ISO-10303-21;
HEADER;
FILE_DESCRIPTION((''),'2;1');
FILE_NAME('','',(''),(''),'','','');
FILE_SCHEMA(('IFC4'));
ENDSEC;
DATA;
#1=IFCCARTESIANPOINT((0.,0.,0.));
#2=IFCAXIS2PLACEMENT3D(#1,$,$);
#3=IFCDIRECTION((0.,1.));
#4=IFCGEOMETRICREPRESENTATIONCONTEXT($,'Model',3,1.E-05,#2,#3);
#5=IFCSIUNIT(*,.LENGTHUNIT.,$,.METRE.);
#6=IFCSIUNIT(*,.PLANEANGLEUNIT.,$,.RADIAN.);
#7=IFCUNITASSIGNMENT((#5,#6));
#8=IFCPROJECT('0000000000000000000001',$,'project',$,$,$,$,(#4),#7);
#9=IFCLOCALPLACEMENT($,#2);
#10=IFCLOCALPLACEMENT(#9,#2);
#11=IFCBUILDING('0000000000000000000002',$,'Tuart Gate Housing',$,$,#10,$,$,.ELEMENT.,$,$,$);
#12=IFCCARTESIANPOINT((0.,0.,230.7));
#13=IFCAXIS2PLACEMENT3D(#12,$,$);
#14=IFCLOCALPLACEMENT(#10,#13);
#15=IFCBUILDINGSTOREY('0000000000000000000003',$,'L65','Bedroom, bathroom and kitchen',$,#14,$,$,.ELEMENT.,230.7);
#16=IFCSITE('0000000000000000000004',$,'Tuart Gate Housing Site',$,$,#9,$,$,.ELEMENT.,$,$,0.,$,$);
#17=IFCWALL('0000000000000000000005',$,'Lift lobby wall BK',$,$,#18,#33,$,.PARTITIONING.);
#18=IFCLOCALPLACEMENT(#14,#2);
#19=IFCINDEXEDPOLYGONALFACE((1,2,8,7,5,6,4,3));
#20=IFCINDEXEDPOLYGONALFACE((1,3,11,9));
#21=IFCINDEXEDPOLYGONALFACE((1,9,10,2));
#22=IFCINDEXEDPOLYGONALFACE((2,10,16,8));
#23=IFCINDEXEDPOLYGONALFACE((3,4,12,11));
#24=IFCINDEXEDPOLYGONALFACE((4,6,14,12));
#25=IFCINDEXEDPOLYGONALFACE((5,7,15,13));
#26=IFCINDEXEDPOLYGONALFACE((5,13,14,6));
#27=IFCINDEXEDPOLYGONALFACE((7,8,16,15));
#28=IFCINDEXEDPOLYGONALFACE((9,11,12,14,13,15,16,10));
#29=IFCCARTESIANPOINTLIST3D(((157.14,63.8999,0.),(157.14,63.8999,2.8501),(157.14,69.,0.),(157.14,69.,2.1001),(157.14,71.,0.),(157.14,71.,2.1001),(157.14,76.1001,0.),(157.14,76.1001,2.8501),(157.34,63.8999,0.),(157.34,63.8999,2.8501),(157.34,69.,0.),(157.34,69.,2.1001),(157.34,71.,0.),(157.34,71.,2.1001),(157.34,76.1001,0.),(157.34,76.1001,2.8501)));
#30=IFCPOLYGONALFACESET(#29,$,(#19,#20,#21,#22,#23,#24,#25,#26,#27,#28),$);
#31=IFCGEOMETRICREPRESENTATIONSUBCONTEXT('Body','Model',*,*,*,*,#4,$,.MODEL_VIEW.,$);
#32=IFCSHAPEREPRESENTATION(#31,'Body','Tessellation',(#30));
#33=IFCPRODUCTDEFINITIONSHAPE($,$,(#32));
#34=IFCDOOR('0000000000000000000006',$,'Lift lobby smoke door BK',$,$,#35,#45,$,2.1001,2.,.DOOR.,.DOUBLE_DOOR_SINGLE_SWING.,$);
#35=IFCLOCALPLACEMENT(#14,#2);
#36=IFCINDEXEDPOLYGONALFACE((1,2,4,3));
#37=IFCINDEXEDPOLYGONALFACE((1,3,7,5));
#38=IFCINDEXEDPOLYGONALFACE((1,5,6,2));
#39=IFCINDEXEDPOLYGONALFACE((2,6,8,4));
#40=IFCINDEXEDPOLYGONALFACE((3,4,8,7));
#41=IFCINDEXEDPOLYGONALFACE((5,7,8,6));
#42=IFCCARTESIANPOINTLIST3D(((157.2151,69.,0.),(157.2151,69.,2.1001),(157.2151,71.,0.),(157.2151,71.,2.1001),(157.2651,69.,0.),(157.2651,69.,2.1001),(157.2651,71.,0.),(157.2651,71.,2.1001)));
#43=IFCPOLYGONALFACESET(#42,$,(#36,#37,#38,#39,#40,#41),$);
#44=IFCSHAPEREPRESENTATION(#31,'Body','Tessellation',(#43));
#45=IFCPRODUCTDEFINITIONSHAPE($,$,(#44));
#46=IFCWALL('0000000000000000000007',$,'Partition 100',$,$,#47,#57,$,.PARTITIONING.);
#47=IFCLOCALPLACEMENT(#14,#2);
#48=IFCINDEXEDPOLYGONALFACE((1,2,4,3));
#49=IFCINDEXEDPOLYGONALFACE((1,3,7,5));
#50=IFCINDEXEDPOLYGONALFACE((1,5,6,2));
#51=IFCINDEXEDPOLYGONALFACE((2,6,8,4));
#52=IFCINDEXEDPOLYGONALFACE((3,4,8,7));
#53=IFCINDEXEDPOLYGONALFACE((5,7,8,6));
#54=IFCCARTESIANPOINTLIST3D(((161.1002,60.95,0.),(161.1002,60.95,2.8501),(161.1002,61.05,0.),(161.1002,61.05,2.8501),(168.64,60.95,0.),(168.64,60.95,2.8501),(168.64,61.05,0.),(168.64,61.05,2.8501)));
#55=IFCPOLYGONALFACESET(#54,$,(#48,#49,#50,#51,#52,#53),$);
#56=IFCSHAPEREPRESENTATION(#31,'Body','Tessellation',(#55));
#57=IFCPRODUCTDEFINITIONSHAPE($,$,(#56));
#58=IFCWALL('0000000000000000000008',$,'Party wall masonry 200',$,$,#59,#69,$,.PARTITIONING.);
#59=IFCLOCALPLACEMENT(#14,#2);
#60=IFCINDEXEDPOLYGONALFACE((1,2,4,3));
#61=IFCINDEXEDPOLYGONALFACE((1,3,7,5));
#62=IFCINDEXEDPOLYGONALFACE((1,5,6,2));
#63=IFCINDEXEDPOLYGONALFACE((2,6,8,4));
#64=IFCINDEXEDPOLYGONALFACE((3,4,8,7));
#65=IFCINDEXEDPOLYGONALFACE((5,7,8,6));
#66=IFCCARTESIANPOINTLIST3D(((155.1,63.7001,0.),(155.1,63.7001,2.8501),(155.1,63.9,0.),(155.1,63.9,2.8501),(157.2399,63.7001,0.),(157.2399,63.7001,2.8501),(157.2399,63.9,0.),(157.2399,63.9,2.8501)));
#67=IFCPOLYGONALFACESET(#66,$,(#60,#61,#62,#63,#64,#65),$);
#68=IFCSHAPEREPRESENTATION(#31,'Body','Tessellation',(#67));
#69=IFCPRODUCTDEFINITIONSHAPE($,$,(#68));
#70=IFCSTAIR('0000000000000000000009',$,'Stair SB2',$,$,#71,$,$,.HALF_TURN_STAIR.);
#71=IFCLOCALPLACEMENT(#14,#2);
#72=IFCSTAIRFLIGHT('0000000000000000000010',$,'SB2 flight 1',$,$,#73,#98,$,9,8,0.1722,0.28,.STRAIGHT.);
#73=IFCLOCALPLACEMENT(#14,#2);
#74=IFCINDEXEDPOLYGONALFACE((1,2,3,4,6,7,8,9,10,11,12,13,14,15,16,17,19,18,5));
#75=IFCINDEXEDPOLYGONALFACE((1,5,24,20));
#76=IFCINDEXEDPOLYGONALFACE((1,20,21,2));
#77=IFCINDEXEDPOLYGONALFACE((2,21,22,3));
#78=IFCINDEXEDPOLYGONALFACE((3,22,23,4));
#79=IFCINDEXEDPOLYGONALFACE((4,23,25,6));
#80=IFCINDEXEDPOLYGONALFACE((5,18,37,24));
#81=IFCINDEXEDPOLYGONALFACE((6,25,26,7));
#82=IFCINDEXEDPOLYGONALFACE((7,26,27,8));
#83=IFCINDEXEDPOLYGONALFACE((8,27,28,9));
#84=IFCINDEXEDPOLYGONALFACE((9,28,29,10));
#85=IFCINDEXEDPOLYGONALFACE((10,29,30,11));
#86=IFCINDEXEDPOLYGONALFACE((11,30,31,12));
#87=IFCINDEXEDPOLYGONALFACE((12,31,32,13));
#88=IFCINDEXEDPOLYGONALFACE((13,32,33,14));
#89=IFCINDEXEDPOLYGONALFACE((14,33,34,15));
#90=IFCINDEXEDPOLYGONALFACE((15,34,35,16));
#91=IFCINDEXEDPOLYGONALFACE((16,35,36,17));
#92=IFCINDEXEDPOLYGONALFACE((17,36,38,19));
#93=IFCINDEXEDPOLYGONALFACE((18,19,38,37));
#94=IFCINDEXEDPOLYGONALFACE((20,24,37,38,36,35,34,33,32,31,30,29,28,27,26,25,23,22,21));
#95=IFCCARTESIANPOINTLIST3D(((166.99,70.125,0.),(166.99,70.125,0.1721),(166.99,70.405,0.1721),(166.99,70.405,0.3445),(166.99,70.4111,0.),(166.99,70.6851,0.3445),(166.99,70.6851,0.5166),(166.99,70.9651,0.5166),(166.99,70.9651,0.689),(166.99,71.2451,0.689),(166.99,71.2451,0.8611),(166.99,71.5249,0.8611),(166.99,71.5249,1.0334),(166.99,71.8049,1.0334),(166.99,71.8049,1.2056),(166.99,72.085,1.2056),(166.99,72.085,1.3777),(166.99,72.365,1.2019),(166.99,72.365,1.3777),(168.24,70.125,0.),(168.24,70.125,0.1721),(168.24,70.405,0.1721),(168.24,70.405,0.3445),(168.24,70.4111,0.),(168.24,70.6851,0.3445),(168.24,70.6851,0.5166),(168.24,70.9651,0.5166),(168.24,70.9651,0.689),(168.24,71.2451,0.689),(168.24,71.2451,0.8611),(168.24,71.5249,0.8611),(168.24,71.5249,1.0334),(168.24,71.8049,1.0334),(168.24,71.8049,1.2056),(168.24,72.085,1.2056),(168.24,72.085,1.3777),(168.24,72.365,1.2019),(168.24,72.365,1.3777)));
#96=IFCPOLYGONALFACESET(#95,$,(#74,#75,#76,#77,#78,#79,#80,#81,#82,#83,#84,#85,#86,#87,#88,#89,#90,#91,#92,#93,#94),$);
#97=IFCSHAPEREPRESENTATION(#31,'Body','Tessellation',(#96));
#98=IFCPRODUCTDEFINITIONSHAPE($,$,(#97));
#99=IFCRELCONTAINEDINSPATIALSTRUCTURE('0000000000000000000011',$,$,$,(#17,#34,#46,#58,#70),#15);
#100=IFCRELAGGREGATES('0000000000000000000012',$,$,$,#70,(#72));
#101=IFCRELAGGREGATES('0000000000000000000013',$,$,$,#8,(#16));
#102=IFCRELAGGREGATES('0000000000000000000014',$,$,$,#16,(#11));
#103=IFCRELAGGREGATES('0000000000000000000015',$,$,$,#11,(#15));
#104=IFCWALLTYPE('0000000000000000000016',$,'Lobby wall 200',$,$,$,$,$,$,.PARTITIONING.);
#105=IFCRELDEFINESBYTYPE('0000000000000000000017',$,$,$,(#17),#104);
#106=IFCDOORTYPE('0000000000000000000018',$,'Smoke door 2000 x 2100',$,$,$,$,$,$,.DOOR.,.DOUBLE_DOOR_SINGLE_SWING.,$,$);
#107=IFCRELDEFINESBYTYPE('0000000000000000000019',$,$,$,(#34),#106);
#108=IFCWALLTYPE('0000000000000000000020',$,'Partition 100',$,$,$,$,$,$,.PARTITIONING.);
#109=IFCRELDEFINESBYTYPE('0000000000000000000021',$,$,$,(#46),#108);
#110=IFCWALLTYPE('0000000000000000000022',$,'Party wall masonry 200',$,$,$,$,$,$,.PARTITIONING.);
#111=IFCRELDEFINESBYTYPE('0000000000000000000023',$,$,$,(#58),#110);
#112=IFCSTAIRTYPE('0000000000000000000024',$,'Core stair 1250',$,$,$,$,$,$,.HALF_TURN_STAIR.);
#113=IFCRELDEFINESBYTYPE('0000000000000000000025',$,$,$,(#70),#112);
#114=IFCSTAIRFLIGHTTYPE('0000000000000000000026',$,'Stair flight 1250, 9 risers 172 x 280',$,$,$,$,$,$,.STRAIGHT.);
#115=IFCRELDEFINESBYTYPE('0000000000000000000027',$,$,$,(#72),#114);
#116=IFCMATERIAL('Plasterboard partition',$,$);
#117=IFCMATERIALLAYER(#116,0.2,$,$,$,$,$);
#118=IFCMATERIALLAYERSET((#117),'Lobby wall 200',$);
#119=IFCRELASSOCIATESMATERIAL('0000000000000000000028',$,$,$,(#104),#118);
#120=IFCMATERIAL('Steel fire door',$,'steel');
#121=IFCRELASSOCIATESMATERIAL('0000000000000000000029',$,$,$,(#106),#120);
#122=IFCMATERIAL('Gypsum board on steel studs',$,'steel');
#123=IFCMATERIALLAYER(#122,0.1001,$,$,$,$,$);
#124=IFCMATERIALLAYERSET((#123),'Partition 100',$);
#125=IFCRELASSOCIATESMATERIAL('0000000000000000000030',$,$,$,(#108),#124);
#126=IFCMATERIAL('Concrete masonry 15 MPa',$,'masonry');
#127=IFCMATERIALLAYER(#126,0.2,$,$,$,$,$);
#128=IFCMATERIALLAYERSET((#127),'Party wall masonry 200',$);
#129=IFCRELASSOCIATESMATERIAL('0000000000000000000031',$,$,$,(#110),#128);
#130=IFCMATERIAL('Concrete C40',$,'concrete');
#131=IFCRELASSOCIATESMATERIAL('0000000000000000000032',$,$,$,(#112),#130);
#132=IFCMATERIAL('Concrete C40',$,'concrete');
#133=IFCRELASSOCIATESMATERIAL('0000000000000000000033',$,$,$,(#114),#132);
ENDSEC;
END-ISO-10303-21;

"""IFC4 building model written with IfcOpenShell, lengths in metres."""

from ifc_helpers import new_model, si_unit, direction, frame, frame_2d, origin, place, context, subcontext, project, spatial, polyline, rectangle, outline, extrude, material, layer, layer_set, type_object, element, fill, aggregate, save


model = new_model("IFC4")

# Units and contexts
model_context = context("Model", 3, precision=1e-05, world=origin(), true_north=direction((0.0, 1.0)))
body_context = subcontext(model_context, "Body", "Model", "MODEL_VIEW")
ifc_project = project(units=[si_unit("LENGTHUNIT", "METRE"), si_unit("PLANEANGLEUNIT", "RADIAN")], contexts=[model_context])

# Site, building, storey
site_placement = place(None, origin())
site = spatial("IfcSite", under=ifc_project, at=site_placement, Name="Tuart Gate Housing Site", CompositionType="ELEMENT", RefElevation=0.0)
building_placement = place(site_placement, origin())
building = spatial("IfcBuilding", under=site, at=building_placement, Name="Tuart Gate Housing", CompositionType="ELEMENT")
storey_placement = place(building_placement, frame((0.0, 0.0, 230.7)))
storey = spatial("IfcBuildingStorey", under=building, at=storey_placement, Name="L65", Description="Bedroom, bathroom and kitchen", CompositionType="ELEMENT", Elevation=230.7)

# Wall, opening, door
ifc_material_1 = material(Name="Plasterboard partition")
ifc_layer_1 = layer(ifc_material_1, 0.2)
ifc_layer_set_1 = layer_set([ifc_layer_1], Name="Lobby wall 200")
wall_type_1 = type_object("IfcWallType", Name="Lobby wall 200", PredefinedType="PARTITIONING", material=ifc_layer_set_1)
wall_1_placement = place(storey_placement, frame((157.24, 63.8999, 0.0), z_axis=(0.0, 0.0, 1.0), x_axis=(0.0, 1.0, 0.0)))
wall_1 = element("IfcWall", 1, at=wall_1_placement, inside=storey, type_object=wall_type_1, Name="Lift lobby wall BK", PredefinedType="PARTITIONING", context=body_context, shape_type="SweptSolid", body=[
    extrude(rectangle(XDim=12.2002, YDim=0.2, at=frame_2d((6.1001, 0.0))), origin(), (0.0, 0.0, 1.0), 2.8501),
])
opening_1_placement = place(wall_1_placement, frame((5.1001, 0.0, 0.0)))
opening_1 = element("IfcOpeningElement", 2, at=opening_1_placement, cuts=wall_1, PredefinedType="OPENING", context=body_context, shape_type="SweptSolid", body=[
    extrude(rectangle(XDim=2.0, YDim=2.1001, at=frame_2d((1.0, 1.05))), frame((0.0, 0.1099, 0.0), z_axis=(0.0, -1.0, 0.0), x_axis=(1.0, 0.0, 0.0)), (0.0, 0.0, 1.0), 0.22),
])
ifc_material_2 = material(Name="Steel fire door", Category="steel")
door_type_1 = type_object("IfcDoorType", Name="Smoke door 2000 x 2100", OperationType="DOUBLE_DOOR_SINGLE_SWING", PredefinedType="DOOR", material=ifc_material_2)
door_1_placement = place(opening_1_placement, frame((2.0, 0.0, 0.0), z_axis=(0.0, 0.0, 1.0), x_axis=(-1.0, 0.0, 0.0)))
door_1 = element("IfcDoor", 3, at=door_1_placement, inside=storey, type_object=door_type_1, Name="Lift lobby smoke door BK", OperationType="DOUBLE_DOOR_SINGLE_SWING", OverallHeight=2.1001, OverallWidth=2.0, PredefinedType="DOOR", context=body_context, shape_type="SweptSolid", body=[
    extrude(rectangle(XDim=2.0, YDim=2.1001, at=frame_2d((1.0, 1.05))), frame((0.0, 0.0251, 0.0), z_axis=(0.0, -1.0, 0.0), x_axis=(1.0, 0.0, 0.0)), (0.0, 0.0, 1.0), 0.05),
])
fill(opening_1, door_1)

# Walls
ifc_material_3 = material(Name="Gypsum board on steel studs", Category="steel")
ifc_layer_2 = layer(ifc_material_3, 0.1001)
ifc_layer_set_2 = layer_set([ifc_layer_2], Name="Partition 100")
wall_type_2 = type_object("IfcWallType", Name="Partition 100", PredefinedType="PARTITIONING", material=ifc_layer_set_2)
wall_2_placement = place(storey_placement, frame((161.1001, 61.0, 0.0), z_axis=(0.0, 0.0, 1.0), x_axis=(1.0, 0.0, 0.0)))
element("IfcWall", 4, at=wall_2_placement, inside=storey, type_object=wall_type_2, Name="Partition 100", PredefinedType="PARTITIONING", context=body_context, shape_type="SweptSolid", body=[
    extrude(rectangle(XDim=7.5398, YDim=0.1001, at=frame_2d((3.77, 0.0))), origin(), (0.0, 0.0, 1.0), 2.8501),
])
ifc_material_4 = material(Name="Concrete masonry 15 MPa", Category="masonry")
ifc_layer_3 = layer(ifc_material_4, 0.2)
ifc_layer_set_3 = layer_set([ifc_layer_3], Name="Party wall masonry 200")
wall_type_3 = type_object("IfcWallType", Name="Party wall masonry 200", PredefinedType="PARTITIONING", material=ifc_layer_set_3)
wall_3_placement = place(storey_placement, frame((155.1001, 63.8, 0.0), z_axis=(0.0, 0.0, 1.0), x_axis=(1.0, 0.0, 0.0)))
element("IfcWall", 5, at=wall_3_placement, inside=storey, type_object=wall_type_3, Name="Party wall masonry 200", PredefinedType="PARTITIONING", context=body_context, shape_type="SweptSolid", body=[
    extrude(rectangle(XDim=2.1399, YDim=0.2, at=frame_2d((1.0698, 0.0))), origin(), (0.0, 0.0, 1.0), 2.8501),
])

# Stair, stair flight
ifc_material_5 = material(Name="Concrete C40", Category="concrete")
stair_type = type_object("IfcStairType", Name="Core stair 1250", PredefinedType="HALF_TURN_STAIR", material=ifc_material_5)
stair_placement = place(storey_placement, origin())
stair = element("IfcStair", 6, at=stair_placement, inside=storey, type_object=stair_type, Name="Stair SB2", PredefinedType="HALF_TURN_STAIR")
ifc_material_6 = material(Name="Concrete C40", Category="concrete")
stair_flight_type = type_object("IfcStairFlightType", Name="Stair flight 1250, 9 risers 172 x 280", PredefinedType="STRAIGHT", material=ifc_material_6)
stair_flight_placement = place(storey_placement, frame((167.615, 70.125, 0.0), z_axis=(0.0, 0.0, 1.0), x_axis=(0.0, 1.0, 0.0)))
stair_flight = element("IfcStairFlight", 7, at=stair_flight_placement, type_object=stair_flight_type, Name="SB2 flight 1", NumberOfRisers=9, NumberOfTreads=8, PredefinedType="STRAIGHT", RiserHeight=0.1722, TreadLength=0.28, context=body_context, shape_type="SweptSolid", body=[
    extrude(outline(polyline([(0.0, 0.0), (0.0, 0.1721), (0.28, 0.1721), (0.28, 0.3445), (0.5601, 0.3445), (0.5601, 0.5166), (0.8401, 0.5166), (0.8401, 0.689), (1.1201, 0.689), (1.1201, 0.8611), (1.3999, 0.8611), (1.3999, 1.0334), (1.6799, 1.0334), (1.6799, 1.2056), (1.96, 1.2056), (1.96, 1.3777), (2.24, 1.3777), (2.24, 1.55), (2.24, 1.2019), (0.2861, 0.0), (0.0, 0.0)])), frame((0.0, 0.625, 0.0), z_axis=(0.0, -1.0, 0.0), x_axis=(1.0, 0.0, 0.0)), (0.0, 0.0, 1.0), 1.25),
])
aggregate(stair, [stair_flight])

save(model, "model.ifc")
